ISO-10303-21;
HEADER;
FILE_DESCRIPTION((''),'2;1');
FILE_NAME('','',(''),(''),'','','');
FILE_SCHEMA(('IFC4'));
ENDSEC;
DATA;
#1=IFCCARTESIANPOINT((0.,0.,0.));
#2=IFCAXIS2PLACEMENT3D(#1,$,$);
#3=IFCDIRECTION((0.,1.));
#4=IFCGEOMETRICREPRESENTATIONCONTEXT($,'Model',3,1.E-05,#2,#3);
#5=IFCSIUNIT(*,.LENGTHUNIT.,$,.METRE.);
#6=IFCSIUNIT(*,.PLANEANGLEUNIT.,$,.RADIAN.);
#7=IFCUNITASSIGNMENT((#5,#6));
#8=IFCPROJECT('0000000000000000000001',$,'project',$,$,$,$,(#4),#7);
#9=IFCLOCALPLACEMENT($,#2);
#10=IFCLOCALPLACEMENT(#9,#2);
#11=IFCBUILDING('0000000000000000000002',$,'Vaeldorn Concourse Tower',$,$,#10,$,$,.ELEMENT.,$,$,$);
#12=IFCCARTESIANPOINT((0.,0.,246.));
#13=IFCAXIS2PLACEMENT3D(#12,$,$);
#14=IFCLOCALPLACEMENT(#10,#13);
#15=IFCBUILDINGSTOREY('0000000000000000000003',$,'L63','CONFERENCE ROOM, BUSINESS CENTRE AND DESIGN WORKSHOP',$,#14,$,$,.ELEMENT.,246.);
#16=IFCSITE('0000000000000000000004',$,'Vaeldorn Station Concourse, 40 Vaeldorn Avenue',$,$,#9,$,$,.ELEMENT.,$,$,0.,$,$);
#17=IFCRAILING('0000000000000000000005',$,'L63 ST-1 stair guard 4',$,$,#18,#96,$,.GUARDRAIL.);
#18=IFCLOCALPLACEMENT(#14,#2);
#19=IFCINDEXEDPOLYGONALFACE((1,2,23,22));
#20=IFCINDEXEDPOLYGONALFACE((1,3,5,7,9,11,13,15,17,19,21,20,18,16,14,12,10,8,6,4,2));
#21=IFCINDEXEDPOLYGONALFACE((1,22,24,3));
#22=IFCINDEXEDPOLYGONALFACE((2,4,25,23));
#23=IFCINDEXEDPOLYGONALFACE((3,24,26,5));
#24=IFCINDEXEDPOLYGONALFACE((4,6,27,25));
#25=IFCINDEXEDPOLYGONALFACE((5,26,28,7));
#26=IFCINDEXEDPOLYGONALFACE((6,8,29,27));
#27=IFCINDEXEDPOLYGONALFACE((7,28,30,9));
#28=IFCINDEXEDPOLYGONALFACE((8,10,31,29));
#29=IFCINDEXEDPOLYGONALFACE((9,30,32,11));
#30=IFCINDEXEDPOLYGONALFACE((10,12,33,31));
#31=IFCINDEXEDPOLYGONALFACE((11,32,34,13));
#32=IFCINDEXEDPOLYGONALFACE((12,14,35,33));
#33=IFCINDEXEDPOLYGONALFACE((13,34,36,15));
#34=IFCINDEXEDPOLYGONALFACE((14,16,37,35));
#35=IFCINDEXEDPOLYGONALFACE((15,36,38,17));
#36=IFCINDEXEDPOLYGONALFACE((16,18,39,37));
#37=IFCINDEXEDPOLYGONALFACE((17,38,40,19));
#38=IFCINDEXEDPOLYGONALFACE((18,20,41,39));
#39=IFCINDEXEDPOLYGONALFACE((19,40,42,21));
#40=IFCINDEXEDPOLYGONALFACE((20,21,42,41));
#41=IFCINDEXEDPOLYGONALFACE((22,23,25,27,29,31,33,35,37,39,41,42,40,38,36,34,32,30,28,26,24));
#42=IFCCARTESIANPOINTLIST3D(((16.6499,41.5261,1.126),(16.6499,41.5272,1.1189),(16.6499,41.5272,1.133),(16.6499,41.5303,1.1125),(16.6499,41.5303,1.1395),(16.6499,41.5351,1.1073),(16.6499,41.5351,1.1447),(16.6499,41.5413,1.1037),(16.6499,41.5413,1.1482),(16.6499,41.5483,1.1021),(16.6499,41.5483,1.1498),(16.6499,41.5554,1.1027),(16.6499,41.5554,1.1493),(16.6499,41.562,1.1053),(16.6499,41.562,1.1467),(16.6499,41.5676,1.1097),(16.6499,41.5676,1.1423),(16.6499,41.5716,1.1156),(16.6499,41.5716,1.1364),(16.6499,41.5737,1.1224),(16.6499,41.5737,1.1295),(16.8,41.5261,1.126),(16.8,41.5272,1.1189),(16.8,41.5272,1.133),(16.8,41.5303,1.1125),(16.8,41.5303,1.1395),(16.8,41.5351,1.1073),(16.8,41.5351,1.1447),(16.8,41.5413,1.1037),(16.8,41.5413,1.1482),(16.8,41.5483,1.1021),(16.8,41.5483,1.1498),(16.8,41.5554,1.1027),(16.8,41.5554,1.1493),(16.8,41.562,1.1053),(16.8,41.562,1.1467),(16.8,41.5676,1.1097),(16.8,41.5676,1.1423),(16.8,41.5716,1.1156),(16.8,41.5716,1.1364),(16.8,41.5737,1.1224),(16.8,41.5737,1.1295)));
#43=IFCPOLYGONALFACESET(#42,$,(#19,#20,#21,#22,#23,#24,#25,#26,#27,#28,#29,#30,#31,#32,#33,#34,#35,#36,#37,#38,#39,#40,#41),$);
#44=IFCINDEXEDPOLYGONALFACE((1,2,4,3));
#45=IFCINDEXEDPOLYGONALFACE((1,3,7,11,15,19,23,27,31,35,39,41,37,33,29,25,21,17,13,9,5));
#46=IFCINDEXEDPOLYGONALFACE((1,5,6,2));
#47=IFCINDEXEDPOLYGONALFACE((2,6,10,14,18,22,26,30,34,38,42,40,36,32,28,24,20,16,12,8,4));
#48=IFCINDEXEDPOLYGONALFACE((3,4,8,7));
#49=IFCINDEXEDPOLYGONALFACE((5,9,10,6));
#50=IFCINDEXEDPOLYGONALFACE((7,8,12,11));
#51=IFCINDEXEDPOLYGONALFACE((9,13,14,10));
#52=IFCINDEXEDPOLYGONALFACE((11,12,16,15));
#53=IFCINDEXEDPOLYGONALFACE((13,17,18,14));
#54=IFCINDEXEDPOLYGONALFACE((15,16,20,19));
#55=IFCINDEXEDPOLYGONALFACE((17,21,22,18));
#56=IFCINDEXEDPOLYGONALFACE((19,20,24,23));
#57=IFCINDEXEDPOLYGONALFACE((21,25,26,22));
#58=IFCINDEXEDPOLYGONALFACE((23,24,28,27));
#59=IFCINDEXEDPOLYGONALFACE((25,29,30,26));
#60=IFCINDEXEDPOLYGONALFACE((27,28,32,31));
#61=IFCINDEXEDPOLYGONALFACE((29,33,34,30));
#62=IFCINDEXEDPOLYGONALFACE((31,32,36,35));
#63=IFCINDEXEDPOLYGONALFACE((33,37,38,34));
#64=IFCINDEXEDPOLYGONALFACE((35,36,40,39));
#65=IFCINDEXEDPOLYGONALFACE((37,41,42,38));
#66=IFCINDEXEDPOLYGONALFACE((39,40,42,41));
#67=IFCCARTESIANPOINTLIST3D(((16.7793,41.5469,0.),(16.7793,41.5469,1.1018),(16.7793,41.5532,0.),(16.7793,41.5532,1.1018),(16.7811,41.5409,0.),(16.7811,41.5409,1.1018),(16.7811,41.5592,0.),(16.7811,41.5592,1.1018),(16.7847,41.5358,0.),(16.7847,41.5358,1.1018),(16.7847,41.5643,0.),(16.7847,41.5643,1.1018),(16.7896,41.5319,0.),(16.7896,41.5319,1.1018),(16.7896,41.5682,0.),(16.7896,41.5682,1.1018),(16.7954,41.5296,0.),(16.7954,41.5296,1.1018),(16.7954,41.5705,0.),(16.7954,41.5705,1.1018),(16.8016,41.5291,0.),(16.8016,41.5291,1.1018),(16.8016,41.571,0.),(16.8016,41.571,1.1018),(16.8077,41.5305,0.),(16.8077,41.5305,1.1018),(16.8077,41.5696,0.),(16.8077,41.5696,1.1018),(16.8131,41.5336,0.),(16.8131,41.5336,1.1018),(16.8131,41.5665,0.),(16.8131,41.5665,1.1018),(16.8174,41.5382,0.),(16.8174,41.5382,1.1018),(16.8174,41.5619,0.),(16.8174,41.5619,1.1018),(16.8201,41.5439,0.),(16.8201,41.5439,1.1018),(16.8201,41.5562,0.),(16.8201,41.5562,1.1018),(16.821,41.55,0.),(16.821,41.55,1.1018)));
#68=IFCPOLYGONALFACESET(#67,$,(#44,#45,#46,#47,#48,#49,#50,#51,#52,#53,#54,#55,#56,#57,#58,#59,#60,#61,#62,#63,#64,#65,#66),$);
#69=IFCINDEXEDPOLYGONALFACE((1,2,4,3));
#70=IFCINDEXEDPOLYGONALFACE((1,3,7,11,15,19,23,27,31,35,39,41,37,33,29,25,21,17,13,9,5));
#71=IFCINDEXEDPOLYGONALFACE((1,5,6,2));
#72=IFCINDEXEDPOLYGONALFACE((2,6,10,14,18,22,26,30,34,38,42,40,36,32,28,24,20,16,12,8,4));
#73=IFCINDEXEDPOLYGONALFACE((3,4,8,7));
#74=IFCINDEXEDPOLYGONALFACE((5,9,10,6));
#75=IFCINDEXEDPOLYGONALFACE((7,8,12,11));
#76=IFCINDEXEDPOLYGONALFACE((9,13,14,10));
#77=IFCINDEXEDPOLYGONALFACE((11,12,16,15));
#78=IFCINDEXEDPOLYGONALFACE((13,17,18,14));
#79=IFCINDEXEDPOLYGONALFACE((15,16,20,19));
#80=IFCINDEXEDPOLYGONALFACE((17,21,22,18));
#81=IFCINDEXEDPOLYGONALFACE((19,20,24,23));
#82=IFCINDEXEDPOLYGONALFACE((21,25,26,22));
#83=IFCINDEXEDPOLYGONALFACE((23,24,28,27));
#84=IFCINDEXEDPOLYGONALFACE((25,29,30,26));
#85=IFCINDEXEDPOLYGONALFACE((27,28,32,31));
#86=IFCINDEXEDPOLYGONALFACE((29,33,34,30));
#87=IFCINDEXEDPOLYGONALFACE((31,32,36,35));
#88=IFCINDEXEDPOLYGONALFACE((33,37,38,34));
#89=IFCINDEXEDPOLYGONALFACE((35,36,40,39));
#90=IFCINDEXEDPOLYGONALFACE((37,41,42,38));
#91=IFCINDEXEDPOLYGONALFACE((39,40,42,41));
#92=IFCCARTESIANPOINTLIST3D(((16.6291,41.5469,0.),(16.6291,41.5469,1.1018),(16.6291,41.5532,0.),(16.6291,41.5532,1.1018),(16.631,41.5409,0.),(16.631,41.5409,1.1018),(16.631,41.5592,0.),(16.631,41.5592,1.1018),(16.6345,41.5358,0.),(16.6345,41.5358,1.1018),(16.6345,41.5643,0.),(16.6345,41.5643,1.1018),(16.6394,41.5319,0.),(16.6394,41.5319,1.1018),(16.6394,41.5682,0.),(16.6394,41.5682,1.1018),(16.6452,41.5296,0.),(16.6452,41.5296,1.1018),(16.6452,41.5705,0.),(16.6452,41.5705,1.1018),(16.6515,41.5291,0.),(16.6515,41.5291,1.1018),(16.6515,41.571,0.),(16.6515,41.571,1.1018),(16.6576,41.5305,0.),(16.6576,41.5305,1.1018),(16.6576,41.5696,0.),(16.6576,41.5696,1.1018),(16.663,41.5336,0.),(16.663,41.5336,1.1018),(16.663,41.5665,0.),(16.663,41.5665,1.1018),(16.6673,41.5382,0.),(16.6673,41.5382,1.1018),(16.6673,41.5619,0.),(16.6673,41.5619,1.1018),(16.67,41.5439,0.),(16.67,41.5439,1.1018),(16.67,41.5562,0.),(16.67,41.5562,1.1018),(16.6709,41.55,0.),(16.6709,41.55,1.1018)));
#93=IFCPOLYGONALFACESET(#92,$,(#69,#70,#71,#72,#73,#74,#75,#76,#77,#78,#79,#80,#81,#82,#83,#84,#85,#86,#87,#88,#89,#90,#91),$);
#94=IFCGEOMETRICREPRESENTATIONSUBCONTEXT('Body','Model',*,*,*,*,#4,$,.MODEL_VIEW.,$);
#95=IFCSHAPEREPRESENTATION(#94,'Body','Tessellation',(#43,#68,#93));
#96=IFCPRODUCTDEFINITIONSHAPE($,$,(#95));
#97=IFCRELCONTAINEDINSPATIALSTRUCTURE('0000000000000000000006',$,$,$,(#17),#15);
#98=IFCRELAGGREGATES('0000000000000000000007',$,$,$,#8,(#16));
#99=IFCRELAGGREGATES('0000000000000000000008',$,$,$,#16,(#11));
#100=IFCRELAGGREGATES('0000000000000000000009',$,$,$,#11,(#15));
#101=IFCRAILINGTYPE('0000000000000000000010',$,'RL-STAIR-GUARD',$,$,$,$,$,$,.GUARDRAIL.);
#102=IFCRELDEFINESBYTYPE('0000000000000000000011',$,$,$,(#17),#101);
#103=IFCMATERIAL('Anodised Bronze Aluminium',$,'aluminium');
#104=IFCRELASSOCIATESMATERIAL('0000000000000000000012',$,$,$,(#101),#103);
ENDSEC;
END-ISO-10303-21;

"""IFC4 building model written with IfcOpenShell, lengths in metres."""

from ifc_helpers import new_model, si_unit, direction, frame, origin, origin_2d, place, context, subcontext, project, spatial, circle, extrude, material, type_object, element, save


model = new_model("IFC4")

# Units and contexts
model_context = context("Model", 3, precision=1e-05, world=origin(), true_north=direction((0.0, 1.0)))
body_context = subcontext(model_context, "Body", "Model", "MODEL_VIEW")
ifc_project = project(units=[si_unit("LENGTHUNIT", "METRE"), si_unit("PLANEANGLEUNIT", "RADIAN")], contexts=[model_context])

# Site, building, storey
site_placement = place(None, origin())
site = spatial("IfcSite", under=ifc_project, at=site_placement, Name="Vaeldorn Station Concourse, 40 Vaeldorn Avenue", CompositionType="ELEMENT", RefElevation=0.0)
building_placement = place(site_placement, origin())
building = spatial("IfcBuilding", under=site, at=building_placement, Name="Vaeldorn Concourse Tower", CompositionType="ELEMENT")
storey_placement = place(building_placement, frame((0.0, 0.0, 246.0)))
storey = spatial("IfcBuildingStorey", under=building, at=storey_placement, Name="L63", Description="CONFERENCE ROOM, BUSINESS CENTRE AND DESIGN WORKSHOP", CompositionType="ELEMENT", Elevation=246.0)

# Shared definitions
ifc_material_1 = material(Name="Anodised Bronze Aluminium", Category="aluminium")

# Railing
railing_type_1 = type_object("IfcRailingType", Name="RL-STAIR-GUARD", PredefinedType="GUARDRAIL", material=ifc_material_1)
railing_1_placement = place(storey_placement, frame((16.8, 41.55, 0.0)))
element("IfcRailing", 1, at=railing_1_placement, inside=storey, type_object=railing_type_1, Name="L63 ST-1 stair guard 4", PredefinedType="GUARDRAIL", context=body_context, shape_type="SweptSolid", body=[
    extrude(circle(Radius=0.0239, at=origin_2d()), frame((0.0, 0.0, 1.126), z_axis=(-1.0, 0.0, 0.0), x_axis=(0.0, -1.0, 0.0)), (0.0, 0.0, 1.0), 0.1501),
    extrude(circle(Radius=0.021, at=origin_2d()), origin(), (0.0, 0.0, 1.0), 1.1018),
    extrude(circle(Radius=0.021, at=origin_2d()), frame((-0.1501, 0.0, 0.0)), (0.0, 0.0, 1.0), 1.1018),
])

save(model, "model.ifc")
